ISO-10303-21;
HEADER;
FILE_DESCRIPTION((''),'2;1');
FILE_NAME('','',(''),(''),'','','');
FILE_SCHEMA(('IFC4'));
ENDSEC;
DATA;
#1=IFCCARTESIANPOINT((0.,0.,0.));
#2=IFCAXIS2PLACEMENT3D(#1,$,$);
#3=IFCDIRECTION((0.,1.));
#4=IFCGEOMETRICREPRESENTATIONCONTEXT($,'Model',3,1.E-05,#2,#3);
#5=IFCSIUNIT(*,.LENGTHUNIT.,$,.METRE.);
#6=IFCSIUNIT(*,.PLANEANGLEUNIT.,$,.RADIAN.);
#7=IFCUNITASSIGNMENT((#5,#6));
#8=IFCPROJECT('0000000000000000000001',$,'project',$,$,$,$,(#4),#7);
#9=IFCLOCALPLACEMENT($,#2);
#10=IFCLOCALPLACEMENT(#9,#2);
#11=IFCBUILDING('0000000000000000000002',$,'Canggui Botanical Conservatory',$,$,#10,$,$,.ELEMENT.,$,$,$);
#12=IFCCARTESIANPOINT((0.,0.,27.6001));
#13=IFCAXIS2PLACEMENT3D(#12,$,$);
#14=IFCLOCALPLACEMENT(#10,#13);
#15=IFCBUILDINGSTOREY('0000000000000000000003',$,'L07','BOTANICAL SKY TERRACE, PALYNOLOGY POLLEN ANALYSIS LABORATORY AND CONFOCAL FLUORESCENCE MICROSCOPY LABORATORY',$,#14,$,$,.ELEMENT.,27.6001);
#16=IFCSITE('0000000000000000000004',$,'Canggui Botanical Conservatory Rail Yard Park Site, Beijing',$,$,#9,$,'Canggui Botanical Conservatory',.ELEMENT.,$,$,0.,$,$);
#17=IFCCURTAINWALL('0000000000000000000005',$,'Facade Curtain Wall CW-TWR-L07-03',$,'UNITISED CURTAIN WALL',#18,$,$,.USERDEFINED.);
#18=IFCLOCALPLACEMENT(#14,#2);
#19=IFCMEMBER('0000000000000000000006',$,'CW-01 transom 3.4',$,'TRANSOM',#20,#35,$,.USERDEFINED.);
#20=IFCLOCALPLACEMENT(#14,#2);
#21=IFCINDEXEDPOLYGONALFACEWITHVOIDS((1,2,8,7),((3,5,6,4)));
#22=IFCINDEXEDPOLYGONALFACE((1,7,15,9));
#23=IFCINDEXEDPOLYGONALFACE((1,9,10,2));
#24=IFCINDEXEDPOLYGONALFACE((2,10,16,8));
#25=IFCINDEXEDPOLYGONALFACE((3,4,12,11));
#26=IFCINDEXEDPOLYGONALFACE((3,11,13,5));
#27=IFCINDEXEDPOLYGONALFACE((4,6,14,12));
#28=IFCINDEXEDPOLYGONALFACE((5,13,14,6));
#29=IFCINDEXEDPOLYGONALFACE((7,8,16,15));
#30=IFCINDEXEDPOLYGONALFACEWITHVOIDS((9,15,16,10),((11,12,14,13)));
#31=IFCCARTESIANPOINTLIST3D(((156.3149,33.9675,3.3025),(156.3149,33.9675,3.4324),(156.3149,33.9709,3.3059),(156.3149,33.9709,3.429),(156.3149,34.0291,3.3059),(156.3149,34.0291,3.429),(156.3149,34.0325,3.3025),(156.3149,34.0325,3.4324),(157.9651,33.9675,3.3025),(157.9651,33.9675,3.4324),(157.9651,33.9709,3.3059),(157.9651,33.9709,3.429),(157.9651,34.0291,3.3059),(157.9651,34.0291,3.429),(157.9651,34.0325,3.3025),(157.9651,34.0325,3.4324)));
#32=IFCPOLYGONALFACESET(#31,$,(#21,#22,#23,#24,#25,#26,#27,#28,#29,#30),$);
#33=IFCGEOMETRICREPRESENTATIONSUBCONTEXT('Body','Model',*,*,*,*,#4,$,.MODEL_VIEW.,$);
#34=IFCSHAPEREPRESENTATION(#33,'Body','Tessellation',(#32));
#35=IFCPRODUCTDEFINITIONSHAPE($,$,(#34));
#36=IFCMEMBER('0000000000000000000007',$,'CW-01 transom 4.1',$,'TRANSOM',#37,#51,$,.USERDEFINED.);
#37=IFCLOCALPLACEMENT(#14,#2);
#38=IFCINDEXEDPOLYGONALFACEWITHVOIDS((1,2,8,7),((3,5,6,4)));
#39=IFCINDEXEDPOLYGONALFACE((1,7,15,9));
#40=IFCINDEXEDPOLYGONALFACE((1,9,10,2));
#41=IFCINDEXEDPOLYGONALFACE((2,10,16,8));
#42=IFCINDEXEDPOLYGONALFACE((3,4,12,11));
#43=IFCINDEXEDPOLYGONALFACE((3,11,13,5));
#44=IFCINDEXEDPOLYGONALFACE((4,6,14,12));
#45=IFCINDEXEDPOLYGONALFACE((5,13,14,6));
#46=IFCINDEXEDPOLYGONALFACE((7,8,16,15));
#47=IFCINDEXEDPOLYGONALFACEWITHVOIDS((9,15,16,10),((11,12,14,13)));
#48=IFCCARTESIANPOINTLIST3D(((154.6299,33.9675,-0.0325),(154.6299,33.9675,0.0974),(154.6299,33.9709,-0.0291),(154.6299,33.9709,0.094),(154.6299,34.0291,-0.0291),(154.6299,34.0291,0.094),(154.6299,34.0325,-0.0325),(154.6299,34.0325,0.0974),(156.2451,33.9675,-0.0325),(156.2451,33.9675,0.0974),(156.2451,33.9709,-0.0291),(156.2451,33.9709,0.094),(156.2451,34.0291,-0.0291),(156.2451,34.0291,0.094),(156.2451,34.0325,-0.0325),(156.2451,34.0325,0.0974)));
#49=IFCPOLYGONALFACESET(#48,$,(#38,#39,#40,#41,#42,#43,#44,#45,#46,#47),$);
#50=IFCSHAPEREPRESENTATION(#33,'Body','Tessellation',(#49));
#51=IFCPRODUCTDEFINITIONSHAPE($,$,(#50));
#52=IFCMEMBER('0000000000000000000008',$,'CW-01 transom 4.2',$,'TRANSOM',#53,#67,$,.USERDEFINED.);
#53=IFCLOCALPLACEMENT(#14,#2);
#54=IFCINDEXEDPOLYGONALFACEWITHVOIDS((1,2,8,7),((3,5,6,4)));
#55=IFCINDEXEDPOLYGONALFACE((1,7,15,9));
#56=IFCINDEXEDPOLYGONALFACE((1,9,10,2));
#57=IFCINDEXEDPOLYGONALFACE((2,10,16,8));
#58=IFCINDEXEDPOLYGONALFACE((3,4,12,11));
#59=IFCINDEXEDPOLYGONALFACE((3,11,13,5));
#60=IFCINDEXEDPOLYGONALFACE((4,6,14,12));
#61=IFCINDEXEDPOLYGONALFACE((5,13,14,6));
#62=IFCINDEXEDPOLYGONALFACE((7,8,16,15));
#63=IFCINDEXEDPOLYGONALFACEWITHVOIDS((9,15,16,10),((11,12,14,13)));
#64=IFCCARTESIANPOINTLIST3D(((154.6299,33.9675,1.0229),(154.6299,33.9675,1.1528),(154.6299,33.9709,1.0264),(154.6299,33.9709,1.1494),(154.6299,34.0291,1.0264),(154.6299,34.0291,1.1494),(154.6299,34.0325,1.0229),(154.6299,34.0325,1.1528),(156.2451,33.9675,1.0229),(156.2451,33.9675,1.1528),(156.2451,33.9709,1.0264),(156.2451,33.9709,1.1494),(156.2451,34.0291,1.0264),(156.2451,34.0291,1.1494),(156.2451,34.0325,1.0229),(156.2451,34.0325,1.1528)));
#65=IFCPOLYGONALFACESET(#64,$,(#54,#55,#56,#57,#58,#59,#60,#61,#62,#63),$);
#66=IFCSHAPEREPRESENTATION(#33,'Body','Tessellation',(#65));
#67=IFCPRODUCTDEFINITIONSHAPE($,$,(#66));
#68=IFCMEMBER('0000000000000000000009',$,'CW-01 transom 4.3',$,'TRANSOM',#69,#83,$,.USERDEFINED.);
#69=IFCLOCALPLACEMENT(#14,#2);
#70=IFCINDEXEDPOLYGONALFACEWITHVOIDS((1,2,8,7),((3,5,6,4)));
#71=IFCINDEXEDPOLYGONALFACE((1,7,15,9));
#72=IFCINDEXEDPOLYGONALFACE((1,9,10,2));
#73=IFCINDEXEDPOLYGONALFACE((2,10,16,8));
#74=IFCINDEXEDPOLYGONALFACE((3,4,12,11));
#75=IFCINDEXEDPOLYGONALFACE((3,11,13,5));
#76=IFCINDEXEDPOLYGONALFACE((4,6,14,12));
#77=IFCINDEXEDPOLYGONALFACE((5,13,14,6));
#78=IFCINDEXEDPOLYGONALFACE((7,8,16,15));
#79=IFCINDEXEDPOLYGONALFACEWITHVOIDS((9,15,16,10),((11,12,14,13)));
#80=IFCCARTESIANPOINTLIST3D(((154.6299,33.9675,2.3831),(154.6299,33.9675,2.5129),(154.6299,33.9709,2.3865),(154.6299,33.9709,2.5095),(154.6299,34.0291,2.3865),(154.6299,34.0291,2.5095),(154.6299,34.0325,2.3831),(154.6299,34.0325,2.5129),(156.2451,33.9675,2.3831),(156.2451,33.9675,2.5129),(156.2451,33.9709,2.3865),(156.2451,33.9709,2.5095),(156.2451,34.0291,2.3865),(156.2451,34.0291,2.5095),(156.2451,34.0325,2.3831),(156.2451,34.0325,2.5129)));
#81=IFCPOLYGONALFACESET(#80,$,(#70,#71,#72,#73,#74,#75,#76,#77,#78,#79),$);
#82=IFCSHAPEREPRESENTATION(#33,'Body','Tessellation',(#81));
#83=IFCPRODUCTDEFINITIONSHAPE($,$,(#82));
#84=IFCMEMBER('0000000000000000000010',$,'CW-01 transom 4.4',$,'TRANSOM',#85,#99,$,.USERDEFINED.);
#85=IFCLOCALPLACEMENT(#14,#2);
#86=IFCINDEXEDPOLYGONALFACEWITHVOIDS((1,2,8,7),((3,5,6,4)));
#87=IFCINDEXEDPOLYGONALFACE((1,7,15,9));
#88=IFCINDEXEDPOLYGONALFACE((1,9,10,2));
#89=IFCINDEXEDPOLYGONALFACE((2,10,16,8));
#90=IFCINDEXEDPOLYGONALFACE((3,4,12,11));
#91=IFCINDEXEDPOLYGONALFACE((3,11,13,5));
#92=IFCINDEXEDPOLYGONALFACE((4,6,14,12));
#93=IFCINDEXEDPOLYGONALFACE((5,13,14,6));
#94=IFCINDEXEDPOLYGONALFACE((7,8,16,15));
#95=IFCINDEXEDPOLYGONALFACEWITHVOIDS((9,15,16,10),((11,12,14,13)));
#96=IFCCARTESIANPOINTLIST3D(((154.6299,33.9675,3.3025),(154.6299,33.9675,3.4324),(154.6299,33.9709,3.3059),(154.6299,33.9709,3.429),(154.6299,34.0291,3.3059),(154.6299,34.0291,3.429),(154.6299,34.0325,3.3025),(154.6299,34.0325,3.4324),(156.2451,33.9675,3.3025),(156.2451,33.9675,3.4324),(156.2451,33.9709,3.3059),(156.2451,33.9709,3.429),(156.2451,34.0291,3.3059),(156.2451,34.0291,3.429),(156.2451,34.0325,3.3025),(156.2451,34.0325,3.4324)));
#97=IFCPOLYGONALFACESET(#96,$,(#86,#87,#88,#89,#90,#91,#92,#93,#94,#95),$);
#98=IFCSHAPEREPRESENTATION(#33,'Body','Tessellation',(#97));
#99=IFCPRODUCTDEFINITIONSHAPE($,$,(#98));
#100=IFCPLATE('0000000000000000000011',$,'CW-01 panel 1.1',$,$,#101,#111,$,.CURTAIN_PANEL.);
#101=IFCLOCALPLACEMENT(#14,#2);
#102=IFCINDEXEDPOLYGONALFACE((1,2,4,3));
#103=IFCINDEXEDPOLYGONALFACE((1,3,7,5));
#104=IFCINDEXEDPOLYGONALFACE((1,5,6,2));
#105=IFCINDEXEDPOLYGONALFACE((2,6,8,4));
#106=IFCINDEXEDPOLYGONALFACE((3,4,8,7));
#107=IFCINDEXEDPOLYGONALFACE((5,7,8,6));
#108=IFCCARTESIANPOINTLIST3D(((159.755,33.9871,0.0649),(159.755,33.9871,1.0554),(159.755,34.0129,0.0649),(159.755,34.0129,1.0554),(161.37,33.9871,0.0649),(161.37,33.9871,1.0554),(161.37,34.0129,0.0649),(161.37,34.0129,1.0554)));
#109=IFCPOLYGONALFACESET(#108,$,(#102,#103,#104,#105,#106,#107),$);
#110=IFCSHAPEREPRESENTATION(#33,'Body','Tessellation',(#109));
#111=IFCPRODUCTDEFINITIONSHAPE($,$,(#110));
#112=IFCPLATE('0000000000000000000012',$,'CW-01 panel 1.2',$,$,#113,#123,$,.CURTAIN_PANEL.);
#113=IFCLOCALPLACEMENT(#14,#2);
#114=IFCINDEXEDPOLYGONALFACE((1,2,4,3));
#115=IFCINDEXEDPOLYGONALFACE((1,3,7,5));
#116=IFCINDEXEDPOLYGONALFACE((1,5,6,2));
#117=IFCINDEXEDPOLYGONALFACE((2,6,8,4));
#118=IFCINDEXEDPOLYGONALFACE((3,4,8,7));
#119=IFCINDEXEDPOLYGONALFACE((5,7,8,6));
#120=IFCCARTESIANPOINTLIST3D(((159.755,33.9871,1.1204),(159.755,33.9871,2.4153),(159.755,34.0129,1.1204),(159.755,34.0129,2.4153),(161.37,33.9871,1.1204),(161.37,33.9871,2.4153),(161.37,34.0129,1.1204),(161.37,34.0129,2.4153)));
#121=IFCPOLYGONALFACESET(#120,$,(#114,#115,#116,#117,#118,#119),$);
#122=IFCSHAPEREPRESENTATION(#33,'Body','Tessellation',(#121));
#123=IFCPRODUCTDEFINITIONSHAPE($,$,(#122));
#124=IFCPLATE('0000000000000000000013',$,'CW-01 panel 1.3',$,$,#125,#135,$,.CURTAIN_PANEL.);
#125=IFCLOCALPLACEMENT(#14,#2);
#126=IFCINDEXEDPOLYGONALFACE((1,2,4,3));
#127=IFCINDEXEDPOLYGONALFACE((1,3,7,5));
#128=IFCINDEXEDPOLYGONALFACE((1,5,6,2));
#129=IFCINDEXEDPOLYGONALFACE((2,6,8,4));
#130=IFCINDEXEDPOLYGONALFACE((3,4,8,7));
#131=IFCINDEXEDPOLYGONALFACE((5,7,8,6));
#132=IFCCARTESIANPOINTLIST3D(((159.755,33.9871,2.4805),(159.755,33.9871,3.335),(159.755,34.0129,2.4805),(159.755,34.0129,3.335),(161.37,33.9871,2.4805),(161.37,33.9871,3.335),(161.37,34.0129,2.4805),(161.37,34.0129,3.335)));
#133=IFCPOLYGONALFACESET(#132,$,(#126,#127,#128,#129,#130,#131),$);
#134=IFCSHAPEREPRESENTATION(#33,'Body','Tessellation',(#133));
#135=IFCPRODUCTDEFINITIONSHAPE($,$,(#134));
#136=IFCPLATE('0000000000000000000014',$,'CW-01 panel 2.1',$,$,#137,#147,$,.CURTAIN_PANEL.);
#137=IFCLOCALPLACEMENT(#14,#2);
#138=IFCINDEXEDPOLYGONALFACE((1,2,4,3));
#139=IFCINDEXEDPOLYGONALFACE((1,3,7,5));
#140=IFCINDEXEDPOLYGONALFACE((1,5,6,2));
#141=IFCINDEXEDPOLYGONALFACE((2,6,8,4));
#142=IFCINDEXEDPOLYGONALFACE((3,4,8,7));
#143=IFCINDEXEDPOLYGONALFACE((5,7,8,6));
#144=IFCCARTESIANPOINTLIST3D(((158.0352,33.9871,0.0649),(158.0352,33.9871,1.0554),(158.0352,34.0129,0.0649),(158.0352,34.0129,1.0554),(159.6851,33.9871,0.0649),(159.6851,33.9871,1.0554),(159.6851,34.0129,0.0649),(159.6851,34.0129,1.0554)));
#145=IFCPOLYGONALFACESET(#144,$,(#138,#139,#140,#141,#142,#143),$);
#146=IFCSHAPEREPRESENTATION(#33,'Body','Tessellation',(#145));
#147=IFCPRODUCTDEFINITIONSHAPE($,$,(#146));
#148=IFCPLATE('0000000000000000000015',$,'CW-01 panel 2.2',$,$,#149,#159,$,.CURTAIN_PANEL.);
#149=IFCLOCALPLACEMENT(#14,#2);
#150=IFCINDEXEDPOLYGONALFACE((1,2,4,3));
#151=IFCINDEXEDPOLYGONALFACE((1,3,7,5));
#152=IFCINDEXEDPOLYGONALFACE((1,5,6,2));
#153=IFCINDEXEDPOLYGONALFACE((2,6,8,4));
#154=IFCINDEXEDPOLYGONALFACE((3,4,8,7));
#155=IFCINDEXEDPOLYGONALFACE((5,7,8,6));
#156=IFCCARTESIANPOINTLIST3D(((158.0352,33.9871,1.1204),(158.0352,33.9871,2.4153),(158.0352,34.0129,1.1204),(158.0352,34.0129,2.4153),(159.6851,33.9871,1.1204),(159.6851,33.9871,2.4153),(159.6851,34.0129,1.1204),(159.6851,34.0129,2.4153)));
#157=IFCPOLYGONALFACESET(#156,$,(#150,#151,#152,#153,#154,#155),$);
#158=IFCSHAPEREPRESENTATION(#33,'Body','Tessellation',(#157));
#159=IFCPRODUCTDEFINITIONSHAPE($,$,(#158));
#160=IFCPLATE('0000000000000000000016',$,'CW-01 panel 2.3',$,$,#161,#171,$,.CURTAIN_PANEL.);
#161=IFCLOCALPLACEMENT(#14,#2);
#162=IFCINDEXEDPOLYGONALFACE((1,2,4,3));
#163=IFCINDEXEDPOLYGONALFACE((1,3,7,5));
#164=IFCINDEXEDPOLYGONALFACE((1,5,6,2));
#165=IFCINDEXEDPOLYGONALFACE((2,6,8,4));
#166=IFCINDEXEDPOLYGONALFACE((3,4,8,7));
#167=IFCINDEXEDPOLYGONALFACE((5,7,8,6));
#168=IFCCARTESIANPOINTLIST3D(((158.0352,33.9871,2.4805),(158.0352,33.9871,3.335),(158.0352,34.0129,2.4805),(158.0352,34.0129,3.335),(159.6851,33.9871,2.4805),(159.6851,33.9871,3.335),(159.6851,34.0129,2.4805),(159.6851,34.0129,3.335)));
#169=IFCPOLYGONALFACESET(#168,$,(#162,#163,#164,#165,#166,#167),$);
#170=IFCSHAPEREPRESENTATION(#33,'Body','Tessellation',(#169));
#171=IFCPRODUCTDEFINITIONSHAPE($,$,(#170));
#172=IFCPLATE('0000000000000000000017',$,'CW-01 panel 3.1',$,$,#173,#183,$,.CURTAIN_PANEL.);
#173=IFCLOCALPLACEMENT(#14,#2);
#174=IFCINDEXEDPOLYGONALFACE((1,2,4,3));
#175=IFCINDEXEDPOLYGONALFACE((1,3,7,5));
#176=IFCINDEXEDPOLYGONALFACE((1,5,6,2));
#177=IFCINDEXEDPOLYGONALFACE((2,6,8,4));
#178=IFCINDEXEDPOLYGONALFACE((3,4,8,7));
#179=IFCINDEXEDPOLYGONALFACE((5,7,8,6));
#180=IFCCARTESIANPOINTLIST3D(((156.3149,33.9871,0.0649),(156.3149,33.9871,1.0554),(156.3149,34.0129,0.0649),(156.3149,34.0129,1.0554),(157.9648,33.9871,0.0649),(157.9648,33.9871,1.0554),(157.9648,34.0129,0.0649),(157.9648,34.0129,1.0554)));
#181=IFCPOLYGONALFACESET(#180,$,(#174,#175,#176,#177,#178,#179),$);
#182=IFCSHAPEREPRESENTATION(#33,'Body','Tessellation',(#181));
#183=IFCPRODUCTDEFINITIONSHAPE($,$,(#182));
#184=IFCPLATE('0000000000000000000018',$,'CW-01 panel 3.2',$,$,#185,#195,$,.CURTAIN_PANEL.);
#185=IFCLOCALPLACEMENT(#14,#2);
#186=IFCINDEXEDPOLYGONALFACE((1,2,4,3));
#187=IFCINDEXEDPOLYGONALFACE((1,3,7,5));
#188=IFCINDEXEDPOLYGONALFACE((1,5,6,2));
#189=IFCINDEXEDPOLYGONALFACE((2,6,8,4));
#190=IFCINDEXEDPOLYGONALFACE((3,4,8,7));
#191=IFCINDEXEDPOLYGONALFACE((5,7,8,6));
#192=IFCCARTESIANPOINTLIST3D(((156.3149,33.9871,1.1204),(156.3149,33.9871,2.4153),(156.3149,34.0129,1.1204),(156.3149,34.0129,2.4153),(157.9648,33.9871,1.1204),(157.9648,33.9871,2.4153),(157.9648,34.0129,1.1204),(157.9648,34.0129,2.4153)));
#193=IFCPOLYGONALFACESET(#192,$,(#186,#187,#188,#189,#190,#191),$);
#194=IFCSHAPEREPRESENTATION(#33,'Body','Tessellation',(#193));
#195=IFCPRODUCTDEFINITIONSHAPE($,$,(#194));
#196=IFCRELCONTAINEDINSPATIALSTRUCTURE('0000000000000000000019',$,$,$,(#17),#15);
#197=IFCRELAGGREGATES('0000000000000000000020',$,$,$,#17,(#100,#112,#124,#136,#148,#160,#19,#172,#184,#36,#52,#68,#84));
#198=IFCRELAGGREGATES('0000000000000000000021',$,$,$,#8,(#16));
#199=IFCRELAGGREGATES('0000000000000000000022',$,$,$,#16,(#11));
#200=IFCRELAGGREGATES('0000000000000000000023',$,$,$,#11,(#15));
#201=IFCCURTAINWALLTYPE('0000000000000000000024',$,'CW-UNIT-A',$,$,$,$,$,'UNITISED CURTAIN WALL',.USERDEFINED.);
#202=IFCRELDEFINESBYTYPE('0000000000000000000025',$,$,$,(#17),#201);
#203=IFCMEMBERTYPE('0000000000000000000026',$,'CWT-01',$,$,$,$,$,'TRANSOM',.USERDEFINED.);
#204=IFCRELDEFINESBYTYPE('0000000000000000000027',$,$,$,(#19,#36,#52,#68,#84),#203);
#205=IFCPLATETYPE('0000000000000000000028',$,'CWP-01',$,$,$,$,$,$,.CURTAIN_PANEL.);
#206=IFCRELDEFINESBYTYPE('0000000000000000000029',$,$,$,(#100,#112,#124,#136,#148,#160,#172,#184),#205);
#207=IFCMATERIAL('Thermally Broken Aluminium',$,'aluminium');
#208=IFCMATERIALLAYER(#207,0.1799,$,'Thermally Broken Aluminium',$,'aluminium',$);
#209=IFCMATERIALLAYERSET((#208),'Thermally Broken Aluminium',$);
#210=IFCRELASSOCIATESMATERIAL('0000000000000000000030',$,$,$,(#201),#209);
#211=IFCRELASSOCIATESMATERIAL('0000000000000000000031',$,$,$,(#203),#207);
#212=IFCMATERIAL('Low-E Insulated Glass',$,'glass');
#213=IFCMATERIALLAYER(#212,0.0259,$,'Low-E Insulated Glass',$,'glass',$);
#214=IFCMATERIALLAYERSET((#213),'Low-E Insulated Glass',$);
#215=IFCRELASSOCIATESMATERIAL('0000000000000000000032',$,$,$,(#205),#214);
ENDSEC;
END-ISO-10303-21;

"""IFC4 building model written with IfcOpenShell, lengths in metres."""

from ifc_helpers import new_model, si_unit, direction, frame, origin, origin_2d, place, context, subcontext, project, spatial, rectangle, hollow_rectangle, extrude, material, layer, layer_set, material_profile, profile_set, type_object, element, aggregate, save


model = new_model("IFC4")

# Units and contexts
model_context = context("Model", 3, precision=1e-05, world=origin(), true_north=direction((0.0, 1.0)))
body_context = subcontext(model_context, "Body", "Model", "MODEL_VIEW")
ifc_project = project(units=[si_unit("LENGTHUNIT", "METRE"), si_unit("PLANEANGLEUNIT", "RADIAN")], contexts=[model_context])

# Site, building, storey
site_placement = place(None, origin())
site = spatial("IfcSite", under=ifc_project, at=site_placement, Name="Canggui Botanical Conservatory Rail Yard Park Site, Beijing", LongName="Canggui Botanical Conservatory", CompositionType="ELEMENT", RefElevation=0.0)
building_placement = place(site_placement, origin())
building = spatial("IfcBuilding", under=site, at=building_placement, Name="Canggui Botanical Conservatory", CompositionType="ELEMENT")
storey_placement = place(building_placement, frame((0.0, 0.0, 27.6001)))
storey = spatial("IfcBuildingStorey", under=building, at=storey_placement, Name="L07", Description="BOTANICAL SKY TERRACE, PALYNOLOGY POLLEN ANALYSIS LABORATORY AND CONFOCAL FLUORESCENCE MICROSCOPY LABORATORY", CompositionType="ELEMENT", Elevation=27.6001)

# Curtain wall, members, plates
ifc_material_1 = material(Name="Thermally Broken Aluminium", Category="aluminium")
ifc_layer_1 = layer(ifc_material_1, 0.1799, Name="Thermally Broken Aluminium", Category="aluminium")
ifc_layer_set_1 = layer_set([ifc_layer_1], Name="Thermally Broken Aluminium")
curtain_wall_type = type_object("IfcCurtainWallType", Name="CW-UNIT-A", ElementType="UNITISED CURTAIN WALL", PredefinedType="USERDEFINED", material=ifc_layer_set_1)
curtain_wall_placement = place(storey_placement, origin())
curtain_wall = element("IfcCurtainWall", 1, at=curtain_wall_placement, inside=storey, type_object=curtain_wall_type, Name="Facade Curtain Wall CW-TWR-L07-03", ObjectType="UNITISED CURTAIN WALL", PredefinedType="USERDEFINED")
ifc_material_profile_1 = material_profile(ifc_material_1, hollow_rectangle(XDim=0.0649, YDim=0.1299, WallThickness=0.0034, at=origin_2d()), Name="CWT 65x130x3.5")
ifc_profile_set_1 = profile_set([ifc_material_profile_1], Name="Thermally Broken Aluminium")
member_type_1 = type_object("IfcMemberType", Name="CWT-01", ElementType="TRANSOM", PredefinedType="USERDEFINED", material=ifc_profile_set_1)
member_1_placement = place(storey_placement, frame((157.9651, 34.0, 3.3674), z_axis=(-1.0, 0.0, 0.0), x_axis=(0.0, -1.0, 0.0)))
member_1 = element("IfcMember", 2, at=member_1_placement, type_object=member_type_1, Name="CW-01 transom 3.4", ObjectType="TRANSOM", PredefinedType="USERDEFINED", context=body_context, shape_type="SweptSolid", body=[
    extrude(hollow_rectangle(XDim=0.0649, YDim=0.1299, WallThickness=0.0034, at=origin_2d()), origin(), (0.0, 0.0, 1.0), 1.6501),
])
member_2_placement = place(storey_placement, frame((156.2451, 34.0, 0.0325), z_axis=(-1.0, 0.0, 0.0), x_axis=(0.0, -1.0, 0.0)))
member_2 = element("IfcMember", 3, at=member_2_placement, type_object=member_type_1, Name="CW-01 transom 4.1", ObjectType="TRANSOM", PredefinedType="USERDEFINED", context=body_context, shape_type="SweptSolid", body=[
    extrude(hollow_rectangle(XDim=0.0649, YDim=0.1299, WallThickness=0.0034, at=origin_2d()), origin(), (0.0, 0.0, 1.0), 1.6152),
])
member_3_placement = place(storey_placement, frame((156.2451, 34.0, 1.0879), z_axis=(-1.0, 0.0, 0.0), x_axis=(0.0, -1.0, 0.0)))
member_3 = element("IfcMember", 4, at=member_3_placement, type_object=member_type_1, Name="CW-01 transom 4.2", ObjectType="TRANSOM", PredefinedType="USERDEFINED", context=body_context, shape_type="SweptSolid", body=[
    extrude(hollow_rectangle(XDim=0.0649, YDim=0.1299, WallThickness=0.0034, at=origin_2d()), origin(), (0.0, 0.0, 1.0), 1.6152),
])
member_4_placement = place(storey_placement, frame((156.2451, 34.0, 2.448), z_axis=(-1.0, 0.0, 0.0), x_axis=(0.0, -1.0, 0.0)))
member_4 = element("IfcMember", 5, at=member_4_placement, type_object=member_type_1, Name="CW-01 transom 4.3", ObjectType="TRANSOM", PredefinedType="USERDEFINED", context=body_context, shape_type="SweptSolid", body=[
    extrude(hollow_rectangle(XDim=0.0649, YDim=0.1299, WallThickness=0.0034, at=origin_2d()), origin(), (0.0, 0.0, 1.0), 1.6152),
])
member_5_placement = place(storey_placement, frame((156.2451, 34.0, 3.3674), z_axis=(-1.0, 0.0, 0.0), x_axis=(0.0, -1.0, 0.0)))
member_5 = element("IfcMember", 6, at=member_5_placement, type_object=member_type_1, Name="CW-01 transom 4.4", ObjectType="TRANSOM", PredefinedType="USERDEFINED", context=body_context, shape_type="SweptSolid", body=[
    extrude(hollow_rectangle(XDim=0.0649, YDim=0.1299, WallThickness=0.0034, at=origin_2d()), origin(), (0.0, 0.0, 1.0), 1.6152),
])
ifc_material_2 = material(Name="Low-E Insulated Glass", Category="glass")
ifc_layer_2 = layer(ifc_material_2, 0.0259, Name="Low-E Insulated Glass", Category="glass")
ifc_layer_set_2 = layer_set([ifc_layer_2], Name="Low-E Insulated Glass")
plate_type = type_object("IfcPlateType", Name="CWP-01", PredefinedType="CURTAIN_PANEL", material=ifc_layer_set_2)
plate_1_placement = place(storey_placement, frame((160.5625, 34.0, 0.0649), z_axis=(0.0, 0.0, 1.0), x_axis=(-1.0, 0.0, 0.0)))
plate_1 = element("IfcPlate", 7, at=plate_1_placement, type_object=plate_type, Name="CW-01 panel 1.1", PredefinedType="CURTAIN_PANEL", context=body_context, shape_type="SweptSolid", body=[
    extrude(rectangle(XDim=1.615, YDim=0.0259, at=origin_2d()), origin(), (0.0, 0.0, 1.0), 0.9905),
])
plate_2_placement = place(storey_placement, frame((160.5625, 34.0, 1.1204), z_axis=(0.0, 0.0, 1.0), x_axis=(-1.0, 0.0, 0.0)))
plate_2 = element("IfcPlate", 8, at=plate_2_placement, type_object=plate_type, Name="CW-01 panel 1.2", PredefinedType="CURTAIN_PANEL", context=body_context, shape_type="SweptSolid", body=[
    extrude(rectangle(XDim=1.615, YDim=0.0259, at=origin_2d()), origin(), (0.0, 0.0, 1.0), 1.2949),
])
plate_3_placement = place(storey_placement, frame((160.5625, 34.0, 2.4805), z_axis=(0.0, 0.0, 1.0), x_axis=(-1.0, 0.0, 0.0)))
plate_3 = element("IfcPlate", 9, at=plate_3_placement, type_object=plate_type, Name="CW-01 panel 1.3", PredefinedType="CURTAIN_PANEL", context=body_context, shape_type="SweptSolid", body=[
    extrude(rectangle(XDim=1.615, YDim=0.0259, at=origin_2d()), origin(), (0.0, 0.0, 1.0), 0.8545),
])
plate_4_placement = place(storey_placement, frame((158.8601, 34.0, 0.0649), z_axis=(0.0, 0.0, 1.0), x_axis=(-1.0, 0.0, 0.0)))
plate_4 = element("IfcPlate", 10, at=plate_4_placement, type_object=plate_type, Name="CW-01 panel 2.1", PredefinedType="CURTAIN_PANEL", context=body_context, shape_type="SweptSolid", body=[
    extrude(rectangle(XDim=1.6499, YDim=0.0259, at=origin_2d()), origin(), (0.0, 0.0, 1.0), 0.9905),
])
plate_5_placement = place(storey_placement, frame((158.8601, 34.0, 1.1204), z_axis=(0.0, 0.0, 1.0), x_axis=(-1.0, 0.0, 0.0)))
plate_5 = element("IfcPlate", 11, at=plate_5_placement, type_object=plate_type, Name="CW-01 panel 2.2", PredefinedType="CURTAIN_PANEL", context=body_context, shape_type="SweptSolid", body=[
    extrude(rectangle(XDim=1.6499, YDim=0.0259, at=origin_2d()), origin(), (0.0, 0.0, 1.0), 1.2949),
])
plate_6_placement = place(storey_placement, frame((158.8601, 34.0, 2.4805), z_axis=(0.0, 0.0, 1.0), x_axis=(-1.0, 0.0, 0.0)))
plate_6 = element("IfcPlate", 12, at=plate_6_placement, type_object=plate_type, Name="CW-01 panel 2.3", PredefinedType="CURTAIN_PANEL", context=body_context, shape_type="SweptSolid", body=[
    extrude(rectangle(XDim=1.6499, YDim=0.0259, at=origin_2d()), origin(), (0.0, 0.0, 1.0), 0.8545),
])
plate_7_placement = place(storey_placement, frame((157.1399, 34.0, 0.0649), z_axis=(0.0, 0.0, 1.0), x_axis=(-1.0, 0.0, 0.0)))
plate_7 = element("IfcPlate", 13, at=plate_7_placement, type_object=plate_type, Name="CW-01 panel 3.1", PredefinedType="CURTAIN_PANEL", context=body_context, shape_type="SweptSolid", body=[
    extrude(rectangle(XDim=1.6499, YDim=0.0259, at=origin_2d()), origin(), (0.0, 0.0, 1.0), 0.9905),
])
plate_8_placement = place(storey_placement, frame((157.1399, 34.0, 1.1204), z_axis=(0.0, 0.0, 1.0), x_axis=(-1.0, 0.0, 0.0)))
plate_8 = element("IfcPlate", 14, at=plate_8_placement, type_object=plate_type, Name="CW-01 panel 3.2", PredefinedType="CURTAIN_PANEL", context=body_context, shape_type="SweptSolid", body=[
    extrude(rectangle(XDim=1.6499, YDim=0.0259, at=origin_2d()), origin(), (0.0, 0.0, 1.0), 1.2949),
])
aggregate(curtain_wall, [plate_1, plate_2, plate_3, plate_4, plate_5, plate_6, member_1, plate_7, plate_8, member_2, member_3, member_4, member_5])

save(model, "model.ifc")
